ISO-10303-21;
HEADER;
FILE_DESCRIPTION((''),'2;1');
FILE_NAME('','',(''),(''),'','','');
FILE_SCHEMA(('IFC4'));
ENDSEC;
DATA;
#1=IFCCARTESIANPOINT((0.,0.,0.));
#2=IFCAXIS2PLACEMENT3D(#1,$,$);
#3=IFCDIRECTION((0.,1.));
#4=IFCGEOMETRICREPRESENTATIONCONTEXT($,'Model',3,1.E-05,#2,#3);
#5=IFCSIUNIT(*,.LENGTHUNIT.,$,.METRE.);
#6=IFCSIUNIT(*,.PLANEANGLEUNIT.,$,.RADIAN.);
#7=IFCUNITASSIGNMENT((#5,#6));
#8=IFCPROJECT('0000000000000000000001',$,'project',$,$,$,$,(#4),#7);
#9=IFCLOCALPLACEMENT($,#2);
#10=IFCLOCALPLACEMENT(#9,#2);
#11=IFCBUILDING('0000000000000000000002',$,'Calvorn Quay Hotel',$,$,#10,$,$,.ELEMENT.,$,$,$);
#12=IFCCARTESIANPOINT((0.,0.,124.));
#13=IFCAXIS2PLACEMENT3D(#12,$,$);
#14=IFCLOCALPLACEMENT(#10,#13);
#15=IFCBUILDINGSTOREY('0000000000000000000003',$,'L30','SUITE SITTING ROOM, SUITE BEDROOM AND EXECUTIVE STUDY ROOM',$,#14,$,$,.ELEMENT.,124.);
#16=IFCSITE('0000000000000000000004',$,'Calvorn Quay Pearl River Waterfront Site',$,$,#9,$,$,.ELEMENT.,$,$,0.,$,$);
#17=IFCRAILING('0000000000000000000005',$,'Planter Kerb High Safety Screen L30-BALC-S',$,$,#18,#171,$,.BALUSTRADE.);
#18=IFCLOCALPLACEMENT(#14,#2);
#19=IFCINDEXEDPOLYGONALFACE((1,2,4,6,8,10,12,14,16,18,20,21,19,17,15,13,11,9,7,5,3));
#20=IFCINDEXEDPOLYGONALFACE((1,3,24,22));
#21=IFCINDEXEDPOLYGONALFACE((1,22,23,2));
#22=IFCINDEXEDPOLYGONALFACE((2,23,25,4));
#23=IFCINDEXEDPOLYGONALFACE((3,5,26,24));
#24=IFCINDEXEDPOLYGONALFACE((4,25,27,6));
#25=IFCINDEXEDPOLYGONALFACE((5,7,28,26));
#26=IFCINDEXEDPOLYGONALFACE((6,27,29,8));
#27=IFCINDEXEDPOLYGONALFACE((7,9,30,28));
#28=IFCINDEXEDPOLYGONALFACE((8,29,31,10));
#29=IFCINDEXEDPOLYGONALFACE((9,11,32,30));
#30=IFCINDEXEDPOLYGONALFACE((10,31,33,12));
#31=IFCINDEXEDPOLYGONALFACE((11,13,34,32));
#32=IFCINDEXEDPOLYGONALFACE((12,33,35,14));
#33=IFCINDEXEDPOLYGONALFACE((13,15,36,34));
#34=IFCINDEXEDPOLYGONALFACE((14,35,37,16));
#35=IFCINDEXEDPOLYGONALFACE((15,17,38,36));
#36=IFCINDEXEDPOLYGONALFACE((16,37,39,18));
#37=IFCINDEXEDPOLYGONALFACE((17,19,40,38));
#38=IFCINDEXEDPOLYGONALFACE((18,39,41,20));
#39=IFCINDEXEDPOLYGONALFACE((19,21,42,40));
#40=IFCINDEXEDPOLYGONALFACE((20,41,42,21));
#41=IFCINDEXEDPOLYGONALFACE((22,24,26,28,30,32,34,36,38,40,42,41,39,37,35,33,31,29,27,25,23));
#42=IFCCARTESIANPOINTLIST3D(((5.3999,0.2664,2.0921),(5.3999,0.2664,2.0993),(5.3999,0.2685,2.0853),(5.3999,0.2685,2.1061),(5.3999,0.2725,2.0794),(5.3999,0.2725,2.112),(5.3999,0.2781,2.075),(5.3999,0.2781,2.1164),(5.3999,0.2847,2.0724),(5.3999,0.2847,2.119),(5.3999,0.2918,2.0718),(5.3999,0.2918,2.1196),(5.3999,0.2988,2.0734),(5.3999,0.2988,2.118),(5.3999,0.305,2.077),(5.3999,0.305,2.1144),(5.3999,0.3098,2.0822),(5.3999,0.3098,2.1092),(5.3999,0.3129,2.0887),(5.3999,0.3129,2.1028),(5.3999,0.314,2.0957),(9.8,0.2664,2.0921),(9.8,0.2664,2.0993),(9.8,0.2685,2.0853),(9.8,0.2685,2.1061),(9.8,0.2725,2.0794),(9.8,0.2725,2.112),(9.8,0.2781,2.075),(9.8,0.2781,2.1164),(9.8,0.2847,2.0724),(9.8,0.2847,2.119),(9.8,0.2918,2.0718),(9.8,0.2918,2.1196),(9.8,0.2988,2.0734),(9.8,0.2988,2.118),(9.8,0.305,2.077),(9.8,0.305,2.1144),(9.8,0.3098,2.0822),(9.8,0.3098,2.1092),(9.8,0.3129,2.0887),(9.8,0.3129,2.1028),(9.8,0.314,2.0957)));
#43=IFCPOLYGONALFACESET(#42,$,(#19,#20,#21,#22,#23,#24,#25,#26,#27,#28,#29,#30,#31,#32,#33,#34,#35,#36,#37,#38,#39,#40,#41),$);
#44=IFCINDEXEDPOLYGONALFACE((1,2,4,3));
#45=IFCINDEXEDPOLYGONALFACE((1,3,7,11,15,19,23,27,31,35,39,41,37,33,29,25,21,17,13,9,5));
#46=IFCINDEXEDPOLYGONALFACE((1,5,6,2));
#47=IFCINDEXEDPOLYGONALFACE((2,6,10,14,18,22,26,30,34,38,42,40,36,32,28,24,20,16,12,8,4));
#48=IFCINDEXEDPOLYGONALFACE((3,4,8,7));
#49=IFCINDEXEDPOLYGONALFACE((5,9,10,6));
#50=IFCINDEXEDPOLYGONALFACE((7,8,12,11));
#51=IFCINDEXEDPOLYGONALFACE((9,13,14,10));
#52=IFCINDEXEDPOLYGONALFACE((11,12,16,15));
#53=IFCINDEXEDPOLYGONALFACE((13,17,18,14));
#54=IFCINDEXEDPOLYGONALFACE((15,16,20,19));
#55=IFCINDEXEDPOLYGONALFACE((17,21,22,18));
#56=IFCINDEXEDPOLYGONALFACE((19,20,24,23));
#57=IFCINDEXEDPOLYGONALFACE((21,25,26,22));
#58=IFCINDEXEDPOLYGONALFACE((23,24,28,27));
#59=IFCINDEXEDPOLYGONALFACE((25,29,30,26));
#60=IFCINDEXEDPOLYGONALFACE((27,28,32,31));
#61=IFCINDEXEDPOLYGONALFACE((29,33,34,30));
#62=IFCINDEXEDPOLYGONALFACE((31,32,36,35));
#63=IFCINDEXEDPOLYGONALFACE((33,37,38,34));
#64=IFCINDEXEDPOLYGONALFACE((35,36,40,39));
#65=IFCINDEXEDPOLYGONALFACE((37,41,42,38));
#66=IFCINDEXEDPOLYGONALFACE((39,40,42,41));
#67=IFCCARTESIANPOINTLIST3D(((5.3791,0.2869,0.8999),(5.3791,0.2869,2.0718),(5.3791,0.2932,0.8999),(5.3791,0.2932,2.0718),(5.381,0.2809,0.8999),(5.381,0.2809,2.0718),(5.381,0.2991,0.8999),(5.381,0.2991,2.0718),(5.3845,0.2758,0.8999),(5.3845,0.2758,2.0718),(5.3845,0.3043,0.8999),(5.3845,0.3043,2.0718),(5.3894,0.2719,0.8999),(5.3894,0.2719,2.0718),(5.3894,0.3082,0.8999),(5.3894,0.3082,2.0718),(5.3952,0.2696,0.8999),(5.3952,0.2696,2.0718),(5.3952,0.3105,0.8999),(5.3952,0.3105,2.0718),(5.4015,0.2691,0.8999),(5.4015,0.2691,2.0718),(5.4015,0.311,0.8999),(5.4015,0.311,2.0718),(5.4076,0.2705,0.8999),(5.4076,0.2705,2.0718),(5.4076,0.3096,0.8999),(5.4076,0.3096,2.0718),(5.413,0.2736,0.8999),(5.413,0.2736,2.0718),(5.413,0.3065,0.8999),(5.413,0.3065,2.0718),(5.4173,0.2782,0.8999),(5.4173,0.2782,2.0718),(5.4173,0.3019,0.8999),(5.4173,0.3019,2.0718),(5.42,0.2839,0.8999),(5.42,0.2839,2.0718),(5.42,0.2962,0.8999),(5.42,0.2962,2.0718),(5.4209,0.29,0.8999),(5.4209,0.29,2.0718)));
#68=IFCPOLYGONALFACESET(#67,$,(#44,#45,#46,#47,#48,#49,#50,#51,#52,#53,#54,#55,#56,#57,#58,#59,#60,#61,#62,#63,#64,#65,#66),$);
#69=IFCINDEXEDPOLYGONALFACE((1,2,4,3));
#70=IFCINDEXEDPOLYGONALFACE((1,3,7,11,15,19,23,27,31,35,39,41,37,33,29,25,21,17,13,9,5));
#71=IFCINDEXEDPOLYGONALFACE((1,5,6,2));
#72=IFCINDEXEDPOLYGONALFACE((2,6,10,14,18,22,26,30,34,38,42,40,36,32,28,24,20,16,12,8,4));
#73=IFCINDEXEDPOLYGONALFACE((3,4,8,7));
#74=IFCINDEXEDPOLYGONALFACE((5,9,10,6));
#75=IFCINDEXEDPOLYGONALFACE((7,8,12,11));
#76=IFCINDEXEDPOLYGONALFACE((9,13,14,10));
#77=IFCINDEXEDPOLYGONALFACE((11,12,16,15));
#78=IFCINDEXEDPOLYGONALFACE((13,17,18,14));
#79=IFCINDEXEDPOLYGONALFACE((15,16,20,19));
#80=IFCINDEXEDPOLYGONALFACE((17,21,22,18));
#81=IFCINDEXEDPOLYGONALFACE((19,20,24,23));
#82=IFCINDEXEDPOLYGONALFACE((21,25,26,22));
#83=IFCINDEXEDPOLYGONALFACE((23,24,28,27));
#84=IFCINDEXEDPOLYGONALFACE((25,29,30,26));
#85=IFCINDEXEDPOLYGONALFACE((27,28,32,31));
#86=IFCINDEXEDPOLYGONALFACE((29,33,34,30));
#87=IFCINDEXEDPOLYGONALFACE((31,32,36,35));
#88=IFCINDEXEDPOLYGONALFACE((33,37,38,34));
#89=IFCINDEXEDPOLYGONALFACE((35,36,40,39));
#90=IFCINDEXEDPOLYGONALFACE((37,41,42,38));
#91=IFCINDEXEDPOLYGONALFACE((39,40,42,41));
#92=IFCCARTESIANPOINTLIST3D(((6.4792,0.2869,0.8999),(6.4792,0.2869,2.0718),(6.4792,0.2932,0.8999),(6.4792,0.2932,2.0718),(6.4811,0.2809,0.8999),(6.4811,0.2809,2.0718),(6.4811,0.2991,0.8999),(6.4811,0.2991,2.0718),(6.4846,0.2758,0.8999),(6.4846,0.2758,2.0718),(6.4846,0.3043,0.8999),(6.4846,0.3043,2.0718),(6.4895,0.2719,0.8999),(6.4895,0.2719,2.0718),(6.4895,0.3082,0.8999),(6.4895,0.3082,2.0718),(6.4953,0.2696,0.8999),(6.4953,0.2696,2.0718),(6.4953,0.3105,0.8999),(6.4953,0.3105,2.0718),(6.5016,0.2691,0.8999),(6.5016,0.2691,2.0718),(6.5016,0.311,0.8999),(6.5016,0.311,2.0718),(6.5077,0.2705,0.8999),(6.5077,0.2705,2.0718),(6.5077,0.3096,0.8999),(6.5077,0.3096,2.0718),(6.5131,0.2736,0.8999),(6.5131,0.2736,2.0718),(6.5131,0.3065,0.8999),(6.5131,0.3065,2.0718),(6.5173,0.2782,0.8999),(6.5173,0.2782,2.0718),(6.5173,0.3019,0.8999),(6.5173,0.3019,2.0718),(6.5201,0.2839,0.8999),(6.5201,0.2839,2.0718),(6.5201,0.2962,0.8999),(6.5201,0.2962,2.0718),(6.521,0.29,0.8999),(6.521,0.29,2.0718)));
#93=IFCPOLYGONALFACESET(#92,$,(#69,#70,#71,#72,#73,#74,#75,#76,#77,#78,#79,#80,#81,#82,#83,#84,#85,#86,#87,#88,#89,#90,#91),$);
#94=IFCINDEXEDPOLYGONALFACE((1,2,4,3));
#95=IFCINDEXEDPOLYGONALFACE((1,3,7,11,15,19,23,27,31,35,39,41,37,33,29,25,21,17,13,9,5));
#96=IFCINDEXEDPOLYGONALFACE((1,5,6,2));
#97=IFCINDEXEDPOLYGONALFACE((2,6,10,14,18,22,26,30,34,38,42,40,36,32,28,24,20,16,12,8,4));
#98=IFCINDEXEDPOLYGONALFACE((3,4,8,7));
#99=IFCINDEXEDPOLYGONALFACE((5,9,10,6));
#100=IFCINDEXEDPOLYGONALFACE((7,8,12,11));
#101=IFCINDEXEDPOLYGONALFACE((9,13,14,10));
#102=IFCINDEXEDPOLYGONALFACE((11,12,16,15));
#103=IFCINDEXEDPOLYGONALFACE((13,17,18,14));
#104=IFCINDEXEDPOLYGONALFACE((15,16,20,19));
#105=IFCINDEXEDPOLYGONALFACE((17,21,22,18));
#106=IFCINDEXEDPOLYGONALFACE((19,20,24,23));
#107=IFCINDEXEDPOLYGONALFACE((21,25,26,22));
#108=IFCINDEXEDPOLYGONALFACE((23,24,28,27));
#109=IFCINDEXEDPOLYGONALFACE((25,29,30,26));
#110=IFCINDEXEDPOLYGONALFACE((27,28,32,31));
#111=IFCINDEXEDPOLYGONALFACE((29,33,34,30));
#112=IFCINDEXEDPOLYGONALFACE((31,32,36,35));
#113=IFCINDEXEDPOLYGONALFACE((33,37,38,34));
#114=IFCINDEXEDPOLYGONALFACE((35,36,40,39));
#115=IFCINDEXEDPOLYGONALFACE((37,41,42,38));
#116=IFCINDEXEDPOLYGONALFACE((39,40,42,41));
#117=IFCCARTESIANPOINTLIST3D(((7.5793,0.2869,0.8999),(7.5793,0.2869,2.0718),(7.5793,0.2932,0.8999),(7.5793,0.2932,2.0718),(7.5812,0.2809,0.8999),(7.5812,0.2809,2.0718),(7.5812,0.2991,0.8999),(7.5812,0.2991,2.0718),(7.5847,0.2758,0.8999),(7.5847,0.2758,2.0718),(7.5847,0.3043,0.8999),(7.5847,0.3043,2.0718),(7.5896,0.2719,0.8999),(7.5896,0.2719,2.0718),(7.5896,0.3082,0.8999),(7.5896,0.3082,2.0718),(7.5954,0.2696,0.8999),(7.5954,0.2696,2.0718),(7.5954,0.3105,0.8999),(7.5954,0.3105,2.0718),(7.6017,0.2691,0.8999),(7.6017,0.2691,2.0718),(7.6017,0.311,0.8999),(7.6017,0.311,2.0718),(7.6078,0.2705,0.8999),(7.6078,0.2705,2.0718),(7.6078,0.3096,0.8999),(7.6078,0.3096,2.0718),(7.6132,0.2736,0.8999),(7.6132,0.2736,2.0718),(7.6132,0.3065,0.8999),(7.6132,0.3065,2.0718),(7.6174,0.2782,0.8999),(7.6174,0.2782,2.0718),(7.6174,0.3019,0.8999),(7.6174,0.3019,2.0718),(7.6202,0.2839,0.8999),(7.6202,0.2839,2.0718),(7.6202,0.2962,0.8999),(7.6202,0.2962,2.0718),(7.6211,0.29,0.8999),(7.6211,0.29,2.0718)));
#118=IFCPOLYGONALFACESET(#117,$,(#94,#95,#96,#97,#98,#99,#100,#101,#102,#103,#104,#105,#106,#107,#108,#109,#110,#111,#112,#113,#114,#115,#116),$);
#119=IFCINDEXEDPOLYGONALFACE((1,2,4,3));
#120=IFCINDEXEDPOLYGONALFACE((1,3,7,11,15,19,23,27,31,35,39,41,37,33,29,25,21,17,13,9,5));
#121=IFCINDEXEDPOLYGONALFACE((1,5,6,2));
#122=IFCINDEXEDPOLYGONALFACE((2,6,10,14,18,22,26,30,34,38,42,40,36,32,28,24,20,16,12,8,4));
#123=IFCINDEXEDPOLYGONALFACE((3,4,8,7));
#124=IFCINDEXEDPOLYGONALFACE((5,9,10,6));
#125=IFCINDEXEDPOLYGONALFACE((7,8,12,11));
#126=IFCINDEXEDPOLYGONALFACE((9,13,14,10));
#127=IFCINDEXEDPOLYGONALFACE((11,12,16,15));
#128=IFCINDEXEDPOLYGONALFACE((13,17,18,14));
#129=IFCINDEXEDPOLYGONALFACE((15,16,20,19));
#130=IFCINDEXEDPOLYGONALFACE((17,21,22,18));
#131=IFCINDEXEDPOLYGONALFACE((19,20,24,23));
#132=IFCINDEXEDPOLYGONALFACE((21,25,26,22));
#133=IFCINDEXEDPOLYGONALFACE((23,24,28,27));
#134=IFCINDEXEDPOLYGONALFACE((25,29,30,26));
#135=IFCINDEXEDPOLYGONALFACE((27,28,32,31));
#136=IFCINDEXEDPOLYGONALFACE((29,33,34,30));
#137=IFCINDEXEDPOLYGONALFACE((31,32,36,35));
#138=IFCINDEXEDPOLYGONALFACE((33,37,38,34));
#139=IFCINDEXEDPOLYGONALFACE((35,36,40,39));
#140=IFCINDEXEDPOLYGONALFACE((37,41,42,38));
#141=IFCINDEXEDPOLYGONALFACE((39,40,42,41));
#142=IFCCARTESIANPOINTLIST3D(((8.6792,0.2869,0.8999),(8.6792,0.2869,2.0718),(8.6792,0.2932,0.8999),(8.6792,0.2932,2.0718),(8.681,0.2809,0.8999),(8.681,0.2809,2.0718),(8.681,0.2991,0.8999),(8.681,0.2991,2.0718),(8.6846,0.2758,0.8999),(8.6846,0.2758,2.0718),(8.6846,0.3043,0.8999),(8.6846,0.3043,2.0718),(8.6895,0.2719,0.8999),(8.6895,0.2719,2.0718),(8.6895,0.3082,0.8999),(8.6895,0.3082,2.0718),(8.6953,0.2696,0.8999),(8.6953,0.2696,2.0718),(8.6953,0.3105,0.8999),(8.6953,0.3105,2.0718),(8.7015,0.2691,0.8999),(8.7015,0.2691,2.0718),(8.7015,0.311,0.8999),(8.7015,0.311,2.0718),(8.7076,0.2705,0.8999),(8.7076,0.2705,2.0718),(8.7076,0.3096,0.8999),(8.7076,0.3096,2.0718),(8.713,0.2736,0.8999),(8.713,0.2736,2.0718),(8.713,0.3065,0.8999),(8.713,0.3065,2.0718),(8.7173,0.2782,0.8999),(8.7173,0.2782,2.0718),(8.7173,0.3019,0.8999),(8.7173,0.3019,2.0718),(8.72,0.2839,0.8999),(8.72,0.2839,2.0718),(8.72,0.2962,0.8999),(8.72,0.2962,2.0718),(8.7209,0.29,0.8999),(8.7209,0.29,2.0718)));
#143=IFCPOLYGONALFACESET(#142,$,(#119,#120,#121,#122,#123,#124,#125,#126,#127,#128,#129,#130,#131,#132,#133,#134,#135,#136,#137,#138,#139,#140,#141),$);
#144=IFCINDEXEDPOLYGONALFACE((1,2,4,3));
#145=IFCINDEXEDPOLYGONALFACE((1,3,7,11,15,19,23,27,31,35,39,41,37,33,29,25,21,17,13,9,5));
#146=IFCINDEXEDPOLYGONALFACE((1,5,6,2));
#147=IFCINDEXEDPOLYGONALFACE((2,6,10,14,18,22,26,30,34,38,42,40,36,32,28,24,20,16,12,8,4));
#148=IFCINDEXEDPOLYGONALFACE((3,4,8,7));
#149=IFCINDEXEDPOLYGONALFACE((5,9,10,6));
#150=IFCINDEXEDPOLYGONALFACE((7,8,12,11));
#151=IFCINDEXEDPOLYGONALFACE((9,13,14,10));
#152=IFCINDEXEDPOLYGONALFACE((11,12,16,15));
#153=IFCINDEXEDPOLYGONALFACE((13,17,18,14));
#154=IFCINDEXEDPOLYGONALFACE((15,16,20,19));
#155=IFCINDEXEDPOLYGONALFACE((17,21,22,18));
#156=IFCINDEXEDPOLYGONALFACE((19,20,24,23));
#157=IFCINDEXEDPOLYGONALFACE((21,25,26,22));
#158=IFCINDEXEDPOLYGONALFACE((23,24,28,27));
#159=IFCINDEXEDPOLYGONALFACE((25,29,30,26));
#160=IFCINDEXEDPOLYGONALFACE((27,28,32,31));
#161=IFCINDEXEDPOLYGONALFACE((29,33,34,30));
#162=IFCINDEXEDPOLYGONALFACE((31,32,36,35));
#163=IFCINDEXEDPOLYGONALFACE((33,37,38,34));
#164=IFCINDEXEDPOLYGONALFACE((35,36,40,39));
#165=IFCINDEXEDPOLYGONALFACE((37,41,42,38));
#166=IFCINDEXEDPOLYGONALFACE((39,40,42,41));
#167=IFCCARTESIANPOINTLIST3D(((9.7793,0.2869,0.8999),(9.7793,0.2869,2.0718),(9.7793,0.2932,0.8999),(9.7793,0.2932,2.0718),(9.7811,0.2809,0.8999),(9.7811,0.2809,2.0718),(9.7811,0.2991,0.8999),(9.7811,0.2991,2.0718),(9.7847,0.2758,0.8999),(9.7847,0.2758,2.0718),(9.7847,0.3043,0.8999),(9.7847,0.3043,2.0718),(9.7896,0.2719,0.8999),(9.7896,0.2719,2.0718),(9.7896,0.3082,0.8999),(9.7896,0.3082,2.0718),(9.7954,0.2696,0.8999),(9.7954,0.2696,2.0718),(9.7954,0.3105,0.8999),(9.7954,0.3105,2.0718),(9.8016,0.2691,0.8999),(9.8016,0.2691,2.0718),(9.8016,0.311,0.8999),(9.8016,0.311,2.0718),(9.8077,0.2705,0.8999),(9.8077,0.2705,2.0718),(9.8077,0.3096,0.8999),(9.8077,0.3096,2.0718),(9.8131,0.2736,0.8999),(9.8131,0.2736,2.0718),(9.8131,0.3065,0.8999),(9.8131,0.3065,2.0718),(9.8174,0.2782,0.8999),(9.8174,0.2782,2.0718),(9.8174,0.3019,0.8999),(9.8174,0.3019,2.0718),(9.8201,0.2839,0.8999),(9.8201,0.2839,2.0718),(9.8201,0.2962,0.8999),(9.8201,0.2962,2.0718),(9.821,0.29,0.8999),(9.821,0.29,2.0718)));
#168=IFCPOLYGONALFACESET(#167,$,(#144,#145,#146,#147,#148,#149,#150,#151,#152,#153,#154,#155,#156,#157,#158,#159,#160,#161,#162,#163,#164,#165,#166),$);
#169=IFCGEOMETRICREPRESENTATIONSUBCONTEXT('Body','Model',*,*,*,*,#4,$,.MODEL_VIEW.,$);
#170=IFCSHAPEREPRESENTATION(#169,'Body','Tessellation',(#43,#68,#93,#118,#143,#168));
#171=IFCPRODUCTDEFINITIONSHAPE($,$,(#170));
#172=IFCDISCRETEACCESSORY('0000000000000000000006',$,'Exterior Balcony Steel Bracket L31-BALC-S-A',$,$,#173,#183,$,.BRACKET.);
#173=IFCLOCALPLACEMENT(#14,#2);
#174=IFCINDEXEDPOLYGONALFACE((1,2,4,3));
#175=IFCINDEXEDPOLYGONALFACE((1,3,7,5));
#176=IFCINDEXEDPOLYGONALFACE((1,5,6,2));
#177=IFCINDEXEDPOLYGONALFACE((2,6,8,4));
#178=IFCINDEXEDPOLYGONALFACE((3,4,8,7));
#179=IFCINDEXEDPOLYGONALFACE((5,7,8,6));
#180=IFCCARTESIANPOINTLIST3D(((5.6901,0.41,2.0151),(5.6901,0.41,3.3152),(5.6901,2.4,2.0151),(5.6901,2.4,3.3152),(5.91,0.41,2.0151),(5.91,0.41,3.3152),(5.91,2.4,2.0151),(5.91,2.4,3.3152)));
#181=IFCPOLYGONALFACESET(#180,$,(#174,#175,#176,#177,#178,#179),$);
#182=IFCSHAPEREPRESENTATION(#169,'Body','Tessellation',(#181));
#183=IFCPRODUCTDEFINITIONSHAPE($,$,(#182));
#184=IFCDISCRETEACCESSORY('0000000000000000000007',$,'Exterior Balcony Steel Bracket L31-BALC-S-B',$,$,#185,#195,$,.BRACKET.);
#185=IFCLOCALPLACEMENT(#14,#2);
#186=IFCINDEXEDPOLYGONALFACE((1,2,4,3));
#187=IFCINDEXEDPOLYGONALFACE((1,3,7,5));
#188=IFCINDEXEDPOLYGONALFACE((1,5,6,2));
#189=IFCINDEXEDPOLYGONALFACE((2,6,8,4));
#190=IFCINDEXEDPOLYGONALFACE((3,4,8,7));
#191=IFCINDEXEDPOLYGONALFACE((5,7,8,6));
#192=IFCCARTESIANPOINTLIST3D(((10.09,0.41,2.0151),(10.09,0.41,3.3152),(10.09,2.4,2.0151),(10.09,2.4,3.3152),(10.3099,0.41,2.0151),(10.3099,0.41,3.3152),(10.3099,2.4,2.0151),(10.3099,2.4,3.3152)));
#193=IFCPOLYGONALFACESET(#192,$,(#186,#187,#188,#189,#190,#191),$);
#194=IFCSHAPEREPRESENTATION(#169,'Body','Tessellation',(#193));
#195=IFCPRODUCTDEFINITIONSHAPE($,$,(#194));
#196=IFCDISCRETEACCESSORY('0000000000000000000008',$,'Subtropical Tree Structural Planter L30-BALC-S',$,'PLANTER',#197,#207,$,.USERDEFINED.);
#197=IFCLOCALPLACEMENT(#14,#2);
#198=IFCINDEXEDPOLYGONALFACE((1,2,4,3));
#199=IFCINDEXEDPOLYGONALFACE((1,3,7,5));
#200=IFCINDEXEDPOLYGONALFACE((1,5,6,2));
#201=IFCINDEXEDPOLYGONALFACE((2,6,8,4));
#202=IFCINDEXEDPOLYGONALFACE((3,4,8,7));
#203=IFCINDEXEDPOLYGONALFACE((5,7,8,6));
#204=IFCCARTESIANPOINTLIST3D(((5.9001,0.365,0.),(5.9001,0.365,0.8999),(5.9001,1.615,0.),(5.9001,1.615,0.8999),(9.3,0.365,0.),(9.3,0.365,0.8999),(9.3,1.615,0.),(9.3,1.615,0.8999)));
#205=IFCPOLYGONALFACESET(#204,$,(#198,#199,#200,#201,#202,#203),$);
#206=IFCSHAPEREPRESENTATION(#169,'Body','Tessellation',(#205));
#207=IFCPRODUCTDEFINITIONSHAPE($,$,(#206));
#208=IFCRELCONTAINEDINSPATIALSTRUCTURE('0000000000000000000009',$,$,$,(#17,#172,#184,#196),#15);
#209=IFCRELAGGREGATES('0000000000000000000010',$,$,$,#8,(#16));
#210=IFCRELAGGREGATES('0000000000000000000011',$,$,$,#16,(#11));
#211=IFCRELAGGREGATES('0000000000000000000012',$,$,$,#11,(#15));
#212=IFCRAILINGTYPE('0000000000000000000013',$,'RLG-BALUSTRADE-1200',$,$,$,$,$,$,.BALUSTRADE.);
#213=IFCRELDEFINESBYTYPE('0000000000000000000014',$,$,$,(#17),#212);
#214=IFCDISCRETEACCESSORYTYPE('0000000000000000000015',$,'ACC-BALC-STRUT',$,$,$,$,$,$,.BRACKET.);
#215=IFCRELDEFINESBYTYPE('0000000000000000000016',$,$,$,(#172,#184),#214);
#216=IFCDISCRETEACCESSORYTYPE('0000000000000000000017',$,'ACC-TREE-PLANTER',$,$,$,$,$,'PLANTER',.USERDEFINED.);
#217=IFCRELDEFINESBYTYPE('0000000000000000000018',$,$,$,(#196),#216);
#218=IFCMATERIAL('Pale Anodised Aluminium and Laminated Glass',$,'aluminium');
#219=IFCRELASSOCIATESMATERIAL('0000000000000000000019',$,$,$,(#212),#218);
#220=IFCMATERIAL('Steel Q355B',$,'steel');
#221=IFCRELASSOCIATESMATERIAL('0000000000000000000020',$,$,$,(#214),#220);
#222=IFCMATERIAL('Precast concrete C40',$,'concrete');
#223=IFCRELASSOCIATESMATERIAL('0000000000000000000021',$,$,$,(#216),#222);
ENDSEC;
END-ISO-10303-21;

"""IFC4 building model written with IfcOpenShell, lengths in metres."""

from ifc_helpers import new_model, si_unit, direction, frame, origin, origin_2d, place, context, subcontext, project, spatial, rectangle, circle, extrude, material, type_object, element, save


model = new_model("IFC4")

# Units and contexts
model_context = context("Model", 3, precision=1e-05, world=origin(), true_north=direction((0.0, 1.0)))
body_context = subcontext(model_context, "Body", "Model", "MODEL_VIEW")
ifc_project = project(units=[si_unit("LENGTHUNIT", "METRE"), si_unit("PLANEANGLEUNIT", "RADIAN")], contexts=[model_context])

# Site, building, storey
site_placement = place(None, origin())
site = spatial("IfcSite", under=ifc_project, at=site_placement, Name="Calvorn Quay Pearl River Waterfront Site", CompositionType="ELEMENT", RefElevation=0.0)
building_placement = place(site_placement, origin())
building = spatial("IfcBuilding", under=site, at=building_placement, Name="Calvorn Quay Hotel", CompositionType="ELEMENT")
storey_placement = place(building_placement, frame((0.0, 0.0, 124.0)))
storey = spatial("IfcBuildingStorey", under=building, at=storey_placement, Name="L30", Description="SUITE SITTING ROOM, SUITE BEDROOM AND EXECUTIVE STUDY ROOM", CompositionType="ELEMENT", Elevation=124.0)

# Railing
ifc_material_1 = material(Name="Pale Anodised Aluminium and Laminated Glass", Category="aluminium")
railing_type = type_object("IfcRailingType", Name="RLG-BALUSTRADE-1200", PredefinedType="BALUSTRADE", material=ifc_material_1)
railing_1_placement = place(storey_placement, frame((5.3999, 0.29, 0.8999)))
element("IfcRailing", 1, at=railing_1_placement, inside=storey, type_object=railing_type, Name="Planter Kerb High Safety Screen L30-BALC-S", PredefinedType="BALUSTRADE", context=body_context, shape_type="SweptSolid", body=[
    extrude(circle(Radius=0.0239, at=origin_2d()), frame((0.0, 0.0, 1.1958), z_axis=(1.0, 0.0, 0.0), x_axis=(0.0, 1.0, 0.0)), (0.0, 0.0, 1.0), 4.4001),
    extrude(circle(Radius=0.021, at=origin_2d()), origin(), (0.0, 0.0, 1.0), 1.1719),
    extrude(circle(Radius=0.021, at=origin_2d()), frame((1.1001, 0.0, 0.0)), (0.0, 0.0, 1.0), 1.1719),
    extrude(circle(Radius=0.021, at=origin_2d()), frame((2.2002, 0.0, 0.0)), (0.0, 0.0, 1.0), 1.1719),
    extrude(circle(Radius=0.021, at=origin_2d()), frame((3.3, 0.0, 0.0)), (0.0, 0.0, 1.0), 1.1719),
    extrude(circle(Radius=0.021, at=origin_2d()), frame((4.4001, 0.0, 0.0)), (0.0, 0.0, 1.0), 1.1719),
])

# Discrete accessories
ifc_material_2 = material(Name="Steel Q355B", Category="steel")
discrete_accessory_type_1 = type_object("IfcDiscreteAccessoryType", Name="ACC-BALC-STRUT", PredefinedType="BRACKET", material=ifc_material_2)
for number, where, z_axis, x_axis, name in (
    (2, (5.8, 1.405, 2.0151), (0.0, 0.0, 1.0), (1.0, 0.0, 0.0), "Exterior Balcony Steel Bracket L31-BALC-S-A"),
    (3, (10.2, 1.405, 2.0151), (0.0, 0.0, 1.0), (1.0, 0.0, 0.0), "Exterior Balcony Steel Bracket L31-BALC-S-B"),
):
    element("IfcDiscreteAccessory", number, at=place(storey_placement, frame(where, z_axis=z_axis, x_axis=x_axis)), inside=storey, type_object=discrete_accessory_type_1, Name=name, PredefinedType="BRACKET", context=body_context, shape_type="SweptSolid", body=[
        extrude(rectangle(XDim=0.22, YDim=1.99, at=origin_2d()), origin(), (0.0, 0.0, 1.0), 1.3),
    ])
ifc_material_3 = material(Name="Precast concrete C40", Category="concrete")
discrete_accessory_type_2 = type_object("IfcDiscreteAccessoryType", Name="ACC-TREE-PLANTER", ElementType="PLANTER", PredefinedType="USERDEFINED", material=ifc_material_3)
discrete_accessory_placement = place(storey_placement, frame((7.6001, 0.99, 0.0), z_axis=(0.0, 0.0, 1.0), x_axis=(1.0, 0.0, 0.0)))
element("IfcDiscreteAccessory", 4, at=discrete_accessory_placement, inside=storey, type_object=discrete_accessory_type_2, Name="Subtropical Tree Structural Planter L30-BALC-S", ObjectType="PLANTER", PredefinedType="USERDEFINED", context=body_context, shape_type="SweptSolid", body=[
    extrude(rectangle(XDim=3.3999, YDim=1.25, at=origin_2d()), origin(), (0.0, 0.0, 1.0), 0.8999),
])

save(model, "model.ifc")
